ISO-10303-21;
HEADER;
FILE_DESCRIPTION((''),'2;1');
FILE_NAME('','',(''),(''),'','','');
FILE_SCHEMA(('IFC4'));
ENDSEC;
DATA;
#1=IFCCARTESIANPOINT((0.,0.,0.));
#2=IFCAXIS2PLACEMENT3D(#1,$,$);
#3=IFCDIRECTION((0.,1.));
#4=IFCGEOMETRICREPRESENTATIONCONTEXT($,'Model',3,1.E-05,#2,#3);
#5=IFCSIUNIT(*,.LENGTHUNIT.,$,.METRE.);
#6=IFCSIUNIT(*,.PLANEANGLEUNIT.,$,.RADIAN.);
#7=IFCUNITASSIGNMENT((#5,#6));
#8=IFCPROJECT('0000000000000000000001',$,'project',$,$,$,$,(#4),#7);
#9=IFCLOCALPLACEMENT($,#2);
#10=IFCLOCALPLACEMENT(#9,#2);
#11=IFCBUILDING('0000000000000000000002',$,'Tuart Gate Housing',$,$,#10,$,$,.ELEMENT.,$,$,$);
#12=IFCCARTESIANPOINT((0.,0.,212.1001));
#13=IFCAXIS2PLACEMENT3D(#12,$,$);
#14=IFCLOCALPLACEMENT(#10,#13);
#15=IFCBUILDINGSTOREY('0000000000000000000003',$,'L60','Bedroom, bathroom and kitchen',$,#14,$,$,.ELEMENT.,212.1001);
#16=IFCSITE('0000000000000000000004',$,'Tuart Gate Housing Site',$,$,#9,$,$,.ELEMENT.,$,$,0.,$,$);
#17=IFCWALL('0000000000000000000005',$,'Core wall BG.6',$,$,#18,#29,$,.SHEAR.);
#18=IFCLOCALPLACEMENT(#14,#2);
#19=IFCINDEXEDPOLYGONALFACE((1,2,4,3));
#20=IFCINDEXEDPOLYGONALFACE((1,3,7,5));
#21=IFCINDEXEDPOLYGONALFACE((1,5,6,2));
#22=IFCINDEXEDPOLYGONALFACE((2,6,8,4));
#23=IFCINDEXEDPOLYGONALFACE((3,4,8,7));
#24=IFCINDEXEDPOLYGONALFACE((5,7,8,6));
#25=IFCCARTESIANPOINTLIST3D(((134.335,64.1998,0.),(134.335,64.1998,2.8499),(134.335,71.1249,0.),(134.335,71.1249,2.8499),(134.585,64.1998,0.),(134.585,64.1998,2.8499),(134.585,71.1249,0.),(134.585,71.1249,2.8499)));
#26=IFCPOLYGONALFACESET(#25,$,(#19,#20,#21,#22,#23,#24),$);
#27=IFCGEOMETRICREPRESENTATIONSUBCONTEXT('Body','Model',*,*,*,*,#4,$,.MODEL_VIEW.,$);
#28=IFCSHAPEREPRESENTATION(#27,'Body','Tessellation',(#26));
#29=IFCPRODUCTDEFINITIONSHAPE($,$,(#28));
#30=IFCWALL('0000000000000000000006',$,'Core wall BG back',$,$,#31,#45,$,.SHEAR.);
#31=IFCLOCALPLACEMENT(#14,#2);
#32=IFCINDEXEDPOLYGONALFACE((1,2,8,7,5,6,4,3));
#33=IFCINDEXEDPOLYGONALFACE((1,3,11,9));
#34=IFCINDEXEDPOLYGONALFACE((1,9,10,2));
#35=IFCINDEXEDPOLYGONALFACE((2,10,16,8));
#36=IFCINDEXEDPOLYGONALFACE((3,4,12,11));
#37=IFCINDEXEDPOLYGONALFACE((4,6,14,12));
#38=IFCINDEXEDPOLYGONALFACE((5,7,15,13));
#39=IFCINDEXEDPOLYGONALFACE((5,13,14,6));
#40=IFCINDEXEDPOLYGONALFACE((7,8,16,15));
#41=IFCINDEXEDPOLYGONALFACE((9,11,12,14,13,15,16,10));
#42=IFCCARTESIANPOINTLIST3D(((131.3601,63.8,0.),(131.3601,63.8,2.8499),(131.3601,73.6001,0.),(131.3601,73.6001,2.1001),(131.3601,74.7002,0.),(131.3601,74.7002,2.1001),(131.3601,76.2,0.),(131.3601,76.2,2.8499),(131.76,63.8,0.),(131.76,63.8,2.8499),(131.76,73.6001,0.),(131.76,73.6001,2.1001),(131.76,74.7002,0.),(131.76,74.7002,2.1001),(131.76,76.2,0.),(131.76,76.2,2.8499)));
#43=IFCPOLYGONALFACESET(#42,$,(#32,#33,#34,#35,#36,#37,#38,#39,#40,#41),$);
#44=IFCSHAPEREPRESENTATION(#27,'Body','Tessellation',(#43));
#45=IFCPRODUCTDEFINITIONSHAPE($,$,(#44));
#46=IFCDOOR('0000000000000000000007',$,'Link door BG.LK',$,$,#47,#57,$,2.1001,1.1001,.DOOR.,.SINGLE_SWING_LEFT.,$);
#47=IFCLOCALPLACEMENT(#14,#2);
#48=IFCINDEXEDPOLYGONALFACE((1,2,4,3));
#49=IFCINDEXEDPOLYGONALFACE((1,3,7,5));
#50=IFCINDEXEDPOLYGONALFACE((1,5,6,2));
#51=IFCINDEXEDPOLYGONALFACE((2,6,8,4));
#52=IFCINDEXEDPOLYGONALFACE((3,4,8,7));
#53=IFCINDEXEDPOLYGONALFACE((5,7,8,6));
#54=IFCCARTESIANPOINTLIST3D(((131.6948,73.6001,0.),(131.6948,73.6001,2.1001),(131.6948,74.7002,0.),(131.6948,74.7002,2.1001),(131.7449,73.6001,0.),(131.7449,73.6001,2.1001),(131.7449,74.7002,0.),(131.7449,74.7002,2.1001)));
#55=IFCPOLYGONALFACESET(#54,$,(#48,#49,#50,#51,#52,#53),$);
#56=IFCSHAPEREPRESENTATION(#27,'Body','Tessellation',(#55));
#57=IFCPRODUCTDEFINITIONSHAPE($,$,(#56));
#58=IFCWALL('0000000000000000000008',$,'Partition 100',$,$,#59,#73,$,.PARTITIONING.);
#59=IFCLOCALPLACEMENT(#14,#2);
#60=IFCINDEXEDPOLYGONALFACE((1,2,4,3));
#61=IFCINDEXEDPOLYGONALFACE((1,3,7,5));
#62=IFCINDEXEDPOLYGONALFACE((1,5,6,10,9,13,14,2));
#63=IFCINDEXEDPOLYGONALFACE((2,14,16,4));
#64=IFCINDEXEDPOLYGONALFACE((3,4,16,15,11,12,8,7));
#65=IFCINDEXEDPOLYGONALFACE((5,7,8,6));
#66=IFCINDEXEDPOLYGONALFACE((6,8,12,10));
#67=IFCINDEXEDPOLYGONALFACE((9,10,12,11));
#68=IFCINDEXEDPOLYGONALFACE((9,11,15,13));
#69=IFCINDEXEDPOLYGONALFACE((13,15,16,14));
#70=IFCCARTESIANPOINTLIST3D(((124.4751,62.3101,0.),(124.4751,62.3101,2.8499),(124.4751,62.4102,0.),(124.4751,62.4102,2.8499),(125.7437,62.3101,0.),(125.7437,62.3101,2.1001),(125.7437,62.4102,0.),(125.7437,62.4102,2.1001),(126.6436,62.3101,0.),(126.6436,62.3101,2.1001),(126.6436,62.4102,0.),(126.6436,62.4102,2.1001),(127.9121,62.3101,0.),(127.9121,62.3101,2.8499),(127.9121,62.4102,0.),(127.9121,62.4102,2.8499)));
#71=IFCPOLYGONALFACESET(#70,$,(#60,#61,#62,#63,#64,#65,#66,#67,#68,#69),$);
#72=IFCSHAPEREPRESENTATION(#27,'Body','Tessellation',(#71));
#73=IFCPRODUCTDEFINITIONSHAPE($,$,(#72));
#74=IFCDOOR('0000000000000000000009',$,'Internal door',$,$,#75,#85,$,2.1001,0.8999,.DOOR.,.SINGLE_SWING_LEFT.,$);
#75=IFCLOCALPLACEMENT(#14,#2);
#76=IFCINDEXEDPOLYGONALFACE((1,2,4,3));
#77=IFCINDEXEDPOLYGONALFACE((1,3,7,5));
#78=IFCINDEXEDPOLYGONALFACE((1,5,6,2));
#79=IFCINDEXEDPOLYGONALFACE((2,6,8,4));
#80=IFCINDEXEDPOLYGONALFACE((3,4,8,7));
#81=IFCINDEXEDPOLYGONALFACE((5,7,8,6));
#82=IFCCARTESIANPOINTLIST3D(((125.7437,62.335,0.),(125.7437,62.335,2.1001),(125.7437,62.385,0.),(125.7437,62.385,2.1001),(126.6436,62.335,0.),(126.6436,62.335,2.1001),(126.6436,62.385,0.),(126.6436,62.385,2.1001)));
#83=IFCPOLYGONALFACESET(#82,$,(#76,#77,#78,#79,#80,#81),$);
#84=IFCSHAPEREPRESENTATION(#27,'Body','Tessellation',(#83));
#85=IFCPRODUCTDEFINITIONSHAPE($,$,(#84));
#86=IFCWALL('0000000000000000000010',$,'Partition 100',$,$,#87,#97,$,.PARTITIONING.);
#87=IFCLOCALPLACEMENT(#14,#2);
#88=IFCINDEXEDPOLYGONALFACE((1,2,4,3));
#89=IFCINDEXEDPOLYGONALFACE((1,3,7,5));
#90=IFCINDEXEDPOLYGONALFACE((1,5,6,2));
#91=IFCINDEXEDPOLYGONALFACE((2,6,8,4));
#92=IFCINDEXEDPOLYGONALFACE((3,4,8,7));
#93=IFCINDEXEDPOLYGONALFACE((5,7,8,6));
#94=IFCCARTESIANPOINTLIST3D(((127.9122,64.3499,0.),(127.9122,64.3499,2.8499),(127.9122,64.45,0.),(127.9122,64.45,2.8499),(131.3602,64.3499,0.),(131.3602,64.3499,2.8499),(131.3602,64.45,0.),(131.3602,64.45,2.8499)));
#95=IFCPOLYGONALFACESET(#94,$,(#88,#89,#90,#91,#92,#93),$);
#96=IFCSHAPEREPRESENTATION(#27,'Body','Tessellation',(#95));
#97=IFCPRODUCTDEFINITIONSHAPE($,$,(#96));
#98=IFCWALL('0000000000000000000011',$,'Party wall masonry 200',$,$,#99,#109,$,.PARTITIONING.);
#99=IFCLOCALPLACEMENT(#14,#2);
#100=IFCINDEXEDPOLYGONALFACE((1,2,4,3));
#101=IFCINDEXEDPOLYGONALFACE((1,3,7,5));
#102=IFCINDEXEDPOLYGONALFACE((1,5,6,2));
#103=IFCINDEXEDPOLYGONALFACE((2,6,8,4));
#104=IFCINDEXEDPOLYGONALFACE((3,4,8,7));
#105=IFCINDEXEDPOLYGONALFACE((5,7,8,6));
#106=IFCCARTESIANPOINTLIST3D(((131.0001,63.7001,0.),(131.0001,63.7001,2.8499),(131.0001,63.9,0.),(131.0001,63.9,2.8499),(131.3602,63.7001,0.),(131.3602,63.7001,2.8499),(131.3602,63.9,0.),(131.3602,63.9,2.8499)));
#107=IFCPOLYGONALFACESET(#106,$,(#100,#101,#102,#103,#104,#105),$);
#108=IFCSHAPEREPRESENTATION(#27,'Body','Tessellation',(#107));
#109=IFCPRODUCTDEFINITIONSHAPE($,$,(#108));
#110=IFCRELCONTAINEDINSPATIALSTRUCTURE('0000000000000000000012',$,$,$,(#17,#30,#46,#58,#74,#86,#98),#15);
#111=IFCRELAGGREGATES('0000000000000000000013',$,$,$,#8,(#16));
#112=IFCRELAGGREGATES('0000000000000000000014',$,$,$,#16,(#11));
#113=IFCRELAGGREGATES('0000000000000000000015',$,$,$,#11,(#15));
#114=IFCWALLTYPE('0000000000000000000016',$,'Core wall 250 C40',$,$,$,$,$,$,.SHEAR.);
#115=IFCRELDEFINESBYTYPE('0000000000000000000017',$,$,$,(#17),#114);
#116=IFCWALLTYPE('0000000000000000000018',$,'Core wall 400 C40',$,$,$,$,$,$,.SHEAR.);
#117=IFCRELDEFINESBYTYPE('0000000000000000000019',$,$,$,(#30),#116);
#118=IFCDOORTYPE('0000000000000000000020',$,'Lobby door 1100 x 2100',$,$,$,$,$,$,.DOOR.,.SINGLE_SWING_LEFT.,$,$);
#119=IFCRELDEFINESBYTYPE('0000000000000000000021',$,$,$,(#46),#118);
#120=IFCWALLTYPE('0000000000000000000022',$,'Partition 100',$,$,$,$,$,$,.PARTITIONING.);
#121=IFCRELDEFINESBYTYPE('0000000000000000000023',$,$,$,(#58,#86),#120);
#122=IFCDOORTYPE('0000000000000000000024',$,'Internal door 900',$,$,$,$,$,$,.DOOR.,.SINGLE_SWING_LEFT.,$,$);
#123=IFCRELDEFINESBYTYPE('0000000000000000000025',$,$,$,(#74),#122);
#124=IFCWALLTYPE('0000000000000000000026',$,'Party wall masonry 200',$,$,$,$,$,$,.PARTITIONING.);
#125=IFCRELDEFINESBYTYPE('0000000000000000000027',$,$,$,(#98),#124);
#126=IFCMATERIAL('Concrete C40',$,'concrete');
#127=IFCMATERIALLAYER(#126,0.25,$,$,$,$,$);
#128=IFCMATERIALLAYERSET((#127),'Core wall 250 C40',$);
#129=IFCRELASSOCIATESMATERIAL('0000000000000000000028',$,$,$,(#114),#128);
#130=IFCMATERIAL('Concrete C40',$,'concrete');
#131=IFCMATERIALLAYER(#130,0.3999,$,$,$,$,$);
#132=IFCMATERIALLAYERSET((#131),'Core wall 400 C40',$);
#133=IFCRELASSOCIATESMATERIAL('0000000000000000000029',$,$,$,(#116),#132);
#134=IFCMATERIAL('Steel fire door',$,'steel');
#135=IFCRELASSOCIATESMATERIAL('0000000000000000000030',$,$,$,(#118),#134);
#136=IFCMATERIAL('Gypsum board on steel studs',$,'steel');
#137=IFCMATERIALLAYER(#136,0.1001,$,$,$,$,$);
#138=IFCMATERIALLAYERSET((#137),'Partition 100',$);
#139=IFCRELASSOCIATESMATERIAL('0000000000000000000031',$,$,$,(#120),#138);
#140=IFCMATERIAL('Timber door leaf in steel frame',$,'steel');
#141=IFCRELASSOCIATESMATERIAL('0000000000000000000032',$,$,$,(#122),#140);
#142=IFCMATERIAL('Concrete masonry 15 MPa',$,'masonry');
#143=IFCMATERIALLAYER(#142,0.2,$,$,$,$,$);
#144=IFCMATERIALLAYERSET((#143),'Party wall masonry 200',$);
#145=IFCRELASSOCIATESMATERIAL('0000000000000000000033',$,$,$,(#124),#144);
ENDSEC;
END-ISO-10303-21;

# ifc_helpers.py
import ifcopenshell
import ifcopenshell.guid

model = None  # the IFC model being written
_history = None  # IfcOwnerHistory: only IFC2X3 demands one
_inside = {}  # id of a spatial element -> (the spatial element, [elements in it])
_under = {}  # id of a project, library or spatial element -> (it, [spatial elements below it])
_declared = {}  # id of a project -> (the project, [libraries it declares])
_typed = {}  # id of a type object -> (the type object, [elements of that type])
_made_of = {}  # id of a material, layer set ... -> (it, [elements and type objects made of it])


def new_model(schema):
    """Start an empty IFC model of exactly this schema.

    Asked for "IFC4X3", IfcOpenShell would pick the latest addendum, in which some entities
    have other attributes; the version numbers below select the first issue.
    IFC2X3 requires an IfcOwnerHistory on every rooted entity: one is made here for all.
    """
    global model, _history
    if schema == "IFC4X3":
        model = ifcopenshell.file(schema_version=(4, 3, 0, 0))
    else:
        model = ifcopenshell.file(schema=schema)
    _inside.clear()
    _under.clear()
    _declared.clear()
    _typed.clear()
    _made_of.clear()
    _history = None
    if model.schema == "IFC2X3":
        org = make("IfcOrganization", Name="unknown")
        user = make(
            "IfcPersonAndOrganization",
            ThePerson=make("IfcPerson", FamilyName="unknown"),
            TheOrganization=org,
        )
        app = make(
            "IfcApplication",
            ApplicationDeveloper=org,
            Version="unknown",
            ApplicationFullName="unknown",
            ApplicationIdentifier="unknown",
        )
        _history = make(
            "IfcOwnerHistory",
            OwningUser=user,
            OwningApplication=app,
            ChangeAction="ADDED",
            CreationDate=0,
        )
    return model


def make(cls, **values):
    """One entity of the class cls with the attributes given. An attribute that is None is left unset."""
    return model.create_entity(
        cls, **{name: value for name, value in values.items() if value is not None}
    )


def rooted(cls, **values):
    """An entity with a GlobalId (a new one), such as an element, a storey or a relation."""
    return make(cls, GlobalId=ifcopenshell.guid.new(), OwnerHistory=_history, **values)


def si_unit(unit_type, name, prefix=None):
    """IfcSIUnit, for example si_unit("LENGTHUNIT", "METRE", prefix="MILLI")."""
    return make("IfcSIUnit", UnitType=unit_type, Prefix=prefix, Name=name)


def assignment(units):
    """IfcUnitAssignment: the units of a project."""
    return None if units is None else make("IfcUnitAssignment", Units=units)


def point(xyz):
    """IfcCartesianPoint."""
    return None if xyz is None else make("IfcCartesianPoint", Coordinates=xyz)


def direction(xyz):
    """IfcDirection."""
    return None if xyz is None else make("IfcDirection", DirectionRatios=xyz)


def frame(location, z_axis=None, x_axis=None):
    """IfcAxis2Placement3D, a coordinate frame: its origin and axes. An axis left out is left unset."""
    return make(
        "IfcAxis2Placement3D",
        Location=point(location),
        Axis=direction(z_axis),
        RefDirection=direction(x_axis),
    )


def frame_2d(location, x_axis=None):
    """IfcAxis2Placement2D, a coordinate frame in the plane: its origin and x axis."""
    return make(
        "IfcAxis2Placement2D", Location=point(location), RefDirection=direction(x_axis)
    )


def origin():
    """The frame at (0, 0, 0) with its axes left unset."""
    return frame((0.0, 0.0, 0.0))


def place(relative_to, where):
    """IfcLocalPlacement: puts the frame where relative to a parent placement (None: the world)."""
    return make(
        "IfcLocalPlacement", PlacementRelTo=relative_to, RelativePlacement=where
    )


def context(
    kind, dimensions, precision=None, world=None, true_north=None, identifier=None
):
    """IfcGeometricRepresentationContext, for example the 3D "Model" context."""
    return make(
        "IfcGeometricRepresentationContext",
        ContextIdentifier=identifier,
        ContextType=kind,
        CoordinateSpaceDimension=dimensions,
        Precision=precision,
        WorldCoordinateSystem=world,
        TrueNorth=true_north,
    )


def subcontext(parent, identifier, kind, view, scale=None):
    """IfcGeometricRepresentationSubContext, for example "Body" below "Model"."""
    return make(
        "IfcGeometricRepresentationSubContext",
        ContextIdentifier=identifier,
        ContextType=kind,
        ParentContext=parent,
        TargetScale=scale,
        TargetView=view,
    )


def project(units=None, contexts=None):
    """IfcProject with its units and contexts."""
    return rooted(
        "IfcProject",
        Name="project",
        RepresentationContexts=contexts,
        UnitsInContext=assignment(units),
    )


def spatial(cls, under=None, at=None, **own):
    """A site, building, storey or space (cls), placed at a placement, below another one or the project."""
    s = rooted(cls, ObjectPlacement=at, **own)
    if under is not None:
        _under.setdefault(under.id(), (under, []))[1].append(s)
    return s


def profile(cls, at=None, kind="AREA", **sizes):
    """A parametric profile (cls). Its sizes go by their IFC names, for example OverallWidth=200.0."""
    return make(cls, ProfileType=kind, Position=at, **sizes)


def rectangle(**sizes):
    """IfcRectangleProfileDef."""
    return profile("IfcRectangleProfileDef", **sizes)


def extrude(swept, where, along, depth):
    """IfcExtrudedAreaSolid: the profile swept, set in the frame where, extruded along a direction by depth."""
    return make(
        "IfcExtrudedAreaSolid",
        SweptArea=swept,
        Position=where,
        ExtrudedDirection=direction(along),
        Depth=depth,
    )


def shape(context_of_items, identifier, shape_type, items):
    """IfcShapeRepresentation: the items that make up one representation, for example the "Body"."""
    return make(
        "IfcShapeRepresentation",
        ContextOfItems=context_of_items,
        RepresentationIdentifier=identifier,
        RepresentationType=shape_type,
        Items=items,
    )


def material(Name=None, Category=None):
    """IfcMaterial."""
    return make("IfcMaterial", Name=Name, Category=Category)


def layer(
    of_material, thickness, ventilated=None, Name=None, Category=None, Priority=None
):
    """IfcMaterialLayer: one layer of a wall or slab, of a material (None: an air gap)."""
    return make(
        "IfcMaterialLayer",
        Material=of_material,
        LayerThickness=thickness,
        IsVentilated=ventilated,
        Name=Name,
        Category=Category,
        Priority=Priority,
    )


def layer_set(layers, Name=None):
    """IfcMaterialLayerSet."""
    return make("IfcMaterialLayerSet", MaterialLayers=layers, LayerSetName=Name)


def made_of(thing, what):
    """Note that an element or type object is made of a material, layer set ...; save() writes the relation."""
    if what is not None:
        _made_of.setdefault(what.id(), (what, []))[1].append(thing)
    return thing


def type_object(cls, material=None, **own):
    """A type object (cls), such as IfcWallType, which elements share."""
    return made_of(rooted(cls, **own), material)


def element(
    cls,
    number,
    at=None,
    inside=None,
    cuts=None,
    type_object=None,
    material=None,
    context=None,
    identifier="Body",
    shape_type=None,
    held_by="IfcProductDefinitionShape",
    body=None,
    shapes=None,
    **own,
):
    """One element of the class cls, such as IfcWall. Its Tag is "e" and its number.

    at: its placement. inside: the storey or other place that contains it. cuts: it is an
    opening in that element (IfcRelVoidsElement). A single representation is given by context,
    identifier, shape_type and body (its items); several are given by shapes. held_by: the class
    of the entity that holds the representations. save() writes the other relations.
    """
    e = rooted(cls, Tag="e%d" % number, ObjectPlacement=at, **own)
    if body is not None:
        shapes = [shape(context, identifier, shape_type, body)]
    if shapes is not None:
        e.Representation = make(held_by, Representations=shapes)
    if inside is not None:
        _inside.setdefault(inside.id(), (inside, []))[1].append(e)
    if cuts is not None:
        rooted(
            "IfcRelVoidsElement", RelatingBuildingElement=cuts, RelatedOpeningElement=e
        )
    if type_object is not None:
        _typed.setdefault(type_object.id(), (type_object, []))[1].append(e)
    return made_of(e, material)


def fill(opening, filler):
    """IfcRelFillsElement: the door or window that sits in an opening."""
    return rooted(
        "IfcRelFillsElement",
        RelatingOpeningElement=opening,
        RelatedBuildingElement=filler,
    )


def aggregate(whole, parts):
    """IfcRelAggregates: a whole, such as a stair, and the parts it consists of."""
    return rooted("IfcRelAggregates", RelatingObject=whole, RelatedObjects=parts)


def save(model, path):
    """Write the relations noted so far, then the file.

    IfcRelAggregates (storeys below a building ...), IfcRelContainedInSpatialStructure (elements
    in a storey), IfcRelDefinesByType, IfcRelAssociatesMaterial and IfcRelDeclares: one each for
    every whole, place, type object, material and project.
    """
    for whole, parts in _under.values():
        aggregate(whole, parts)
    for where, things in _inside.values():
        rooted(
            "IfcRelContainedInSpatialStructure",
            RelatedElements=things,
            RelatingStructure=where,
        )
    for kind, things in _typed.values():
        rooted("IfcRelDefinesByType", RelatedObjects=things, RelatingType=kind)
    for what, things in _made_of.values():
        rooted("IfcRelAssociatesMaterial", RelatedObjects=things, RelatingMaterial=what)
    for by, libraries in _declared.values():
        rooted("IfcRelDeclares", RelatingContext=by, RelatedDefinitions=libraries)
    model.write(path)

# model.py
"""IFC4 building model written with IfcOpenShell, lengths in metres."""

from ifc_helpers import new_model, si_unit, direction, frame, frame_2d, origin, place, context, subcontext, project, spatial, rectangle, extrude, material, layer, layer_set, type_object, element, fill, save


model = new_model("IFC4")

# Units and contexts
model_context = context("Model", 3, precision=1e-05, world=origin(), true_north=direction((0.0, 1.0)))
body_context = subcontext(model_context, "Body", "Model", "MODEL_VIEW")
ifc_project = project(units=[si_unit("LENGTHUNIT", "METRE"), si_unit("PLANEANGLEUNIT", "RADIAN")], contexts=[model_context])

# Site, building, storey
site_placement = place(None, origin())
site = spatial("IfcSite", under=ifc_project, at=site_placement, Name="Tuart Gate Housing Site", CompositionType="ELEMENT", RefElevation=0.0)
building_placement = place(site_placement, origin())
building = spatial("IfcBuilding", under=site, at=building_placement, Name="Tuart Gate Housing", CompositionType="ELEMENT")
storey_placement = place(building_placement, frame((0.0, 0.0, 212.1001)))
storey = spatial("IfcBuildingStorey", under=building, at=storey_placement, Name="L60", Description="Bedroom, bathroom and kitchen", CompositionType="ELEMENT", Elevation=212.1001)

# Wall
ifc_material_1 = material(Name="Concrete C40", Category="concrete")
ifc_layer_1 = layer(ifc_material_1, 0.25)
ifc_layer_set_1 = layer_set([ifc_layer_1], Name="Core wall 250 C40")
wall_type_1 = type_object("IfcWallType", Name="Core wall 250 C40", PredefinedType="SHEAR", material=ifc_layer_set_1)
wall_1_placement = place(storey_placement, frame((134.46, 64.2, 0.0), z_axis=(0.0, 0.0, 1.0), x_axis=(0.0, 1.0, 0.0)))
element("IfcWall", 1, at=wall_1_placement, inside=storey, type_object=wall_type_1, Name="Core wall BG.6", PredefinedType="SHEAR", context=body_context, shape_type="SweptSolid", body=[
    extrude(rectangle(XDim=6.925, YDim=0.25, at=frame_2d((3.4624, 0.0))), origin(), (0.0, 0.0, 1.0), 2.8499),
])

# Walls, openings, doors
ifc_material_2 = material(Name="Concrete C40", Category="concrete")
ifc_layer_2 = layer(ifc_material_2, 0.3999)
ifc_layer_set_2 = layer_set([ifc_layer_2], Name="Core wall 400 C40")
wall_type_2 = type_object("IfcWallType", Name="Core wall 400 C40", PredefinedType="SHEAR", material=ifc_layer_set_2)
wall_2_placement = place(storey_placement, frame((131.5601, 63.8, 0.0), z_axis=(0.0, 0.0, 1.0), x_axis=(0.0, 1.0, 0.0)))
wall_2 = element("IfcWall", 2, at=wall_2_placement, inside=storey, type_object=wall_type_2, Name="Core wall BG back", PredefinedType="SHEAR", context=body_context, shape_type="SweptSolid", body=[
    extrude(rectangle(XDim=12.3999, YDim=0.3999, at=frame_2d((6.2, 0.0))), origin(), (0.0, 0.0, 1.0), 2.8499),
])
opening_1_placement = place(wall_2_placement, frame((9.8, 0.0, 0.0)))
opening_1 = element("IfcOpeningElement", 3, at=opening_1_placement, cuts=wall_2, PredefinedType="OPENING", context=body_context, shape_type="SweptSolid", body=[
    extrude(rectangle(XDim=1.1001, YDim=2.1001, at=frame_2d((0.55, 1.05))), frame((0.0, 0.21, 0.0), z_axis=(0.0, -1.0, 0.0), x_axis=(1.0, 0.0, 0.0)), (0.0, 0.0, 1.0), 0.4199),
])
ifc_material_3 = material(Name="Steel fire door", Category="steel")
door_type_1 = type_object("IfcDoorType", Name="Lobby door 1100 x 2100", OperationType="SINGLE_SWING_LEFT", PredefinedType="DOOR", material=ifc_material_3)
door_1_placement = place(opening_1_placement, frame((1.1001, 0.0, 0.0), z_axis=(0.0, 0.0, 1.0), x_axis=(-1.0, 0.0, 0.0)))
door_1 = element("IfcDoor", 4, at=door_1_placement, inside=storey, type_object=door_type_1, Name="Link door BG.LK", OperationType="SINGLE_SWING_LEFT", OverallHeight=2.1001, OverallWidth=1.1001, PredefinedType="DOOR", context=body_context, shape_type="SweptSolid", body=[
    extrude(rectangle(XDim=1.1001, YDim=2.1001, at=frame_2d((0.55, 1.05))), frame((0.0, 0.1848, 0.0), z_axis=(0.0, -1.0, 0.0), x_axis=(1.0, 0.0, 0.0)), (0.0, 0.0, 1.0), 0.05),
])
fill(opening_1, door_1)
ifc_material_4 = material(Name="Gypsum board on steel studs", Category="steel")
ifc_layer_3 = layer(ifc_material_4, 0.1001)
ifc_layer_set_3 = layer_set([ifc_layer_3], Name="Partition 100")
wall_type_3 = type_object("IfcWallType", Name="Partition 100", PredefinedType="PARTITIONING", material=ifc_layer_set_3)
wall_3_placement = place(storey_placement, frame((124.4751, 62.3601, 0.0), z_axis=(0.0, 0.0, 1.0), x_axis=(1.0, 0.0, 0.0)))
wall_3 = element("IfcWall", 5, at=wall_3_placement, inside=storey, type_object=wall_type_3, Name="Partition 100", PredefinedType="PARTITIONING", context=body_context, shape_type="SweptSolid", body=[
    extrude(rectangle(XDim=3.437, YDim=0.1001, at=frame_2d((1.7185, 0.0))), origin(), (0.0, 0.0, 1.0), 2.8499),
])
opening_2_placement = place(wall_3_placement, frame((1.2686, 0.0, 0.0)))
opening_2 = element("IfcOpeningElement", 6, at=opening_2_placement, cuts=wall_3, PredefinedType="OPENING", context=body_context, shape_type="SweptSolid", body=[
    extrude(rectangle(XDim=0.8999, YDim=2.1001, at=frame_2d((0.45, 1.05))), frame((0.0, 0.0601, 0.0), z_axis=(0.0, -1.0, 0.0), x_axis=(1.0, 0.0, 0.0)), (0.0, 0.0, 1.0), 0.1201),
])
ifc_material_5 = material(Name="Timber door leaf in steel frame", Category="steel")
door_type_2 = type_object("IfcDoorType", Name="Internal door 900", OperationType="SINGLE_SWING_LEFT", PredefinedType="DOOR", material=ifc_material_5)
door_2_placement = place(opening_2_placement, origin())
door_2 = element("IfcDoor", 7, at=door_2_placement, inside=storey, type_object=door_type_2, Name="Internal door", OperationType="SINGLE_SWING_LEFT", OverallHeight=2.1001, OverallWidth=0.8999, PredefinedType="DOOR", context=body_context, shape_type="SweptSolid", body=[
    extrude(rectangle(XDim=0.8999, YDim=2.1001, at=frame_2d((0.45, 1.05))), frame((0.0, 0.0249, 0.0), z_axis=(0.0, -1.0, 0.0), x_axis=(1.0, 0.0, 0.0)), (0.0, 0.0, 1.0), 0.05),
])
fill(opening_2, door_2)

# Walls
wall_4_placement = place(storey_placement, frame((127.9121, 64.3999, 0.0), z_axis=(0.0, 0.0, 1.0), x_axis=(1.0, 0.0, 0.0)))
element("IfcWall", 8, at=wall_4_placement, inside=storey, type_object=wall_type_3, Name="Partition 100", PredefinedType="PARTITIONING", context=body_context, shape_type="SweptSolid", body=[
    extrude(rectangle(XDim=3.448, YDim=0.1001, at=frame_2d((1.7241, 0.0))), origin(), (0.0, 0.0, 1.0), 2.8499),
])
ifc_material_6 = material(Name="Concrete masonry 15 MPa", Category="masonry")
ifc_layer_4 = layer(ifc_material_6, 0.2)
ifc_layer_set_4 = layer_set([ifc_layer_4], Name="Party wall masonry 200")
wall_type_4 = type_object("IfcWallType", Name="Party wall masonry 200", PredefinedType="PARTITIONING", material=ifc_layer_set_4)
wall_5_placement = place(storey_placement, frame((131.0, 63.8, 0.0), z_axis=(0.0, 0.0, 1.0), x_axis=(1.0, 0.0, 0.0)))
element("IfcWall", 9, at=wall_5_placement, inside=storey, type_object=wall_type_4, Name="Party wall masonry 200", PredefinedType="PARTITIONING", context=body_context, shape_type="SweptSolid", body=[
    extrude(rectangle(XDim=0.3601, YDim=0.2, at=frame_2d((0.1802, 0.0))), origin(), (0.0, 0.0, 1.0), 2.8499),
])

save(model, "model.ifc")
